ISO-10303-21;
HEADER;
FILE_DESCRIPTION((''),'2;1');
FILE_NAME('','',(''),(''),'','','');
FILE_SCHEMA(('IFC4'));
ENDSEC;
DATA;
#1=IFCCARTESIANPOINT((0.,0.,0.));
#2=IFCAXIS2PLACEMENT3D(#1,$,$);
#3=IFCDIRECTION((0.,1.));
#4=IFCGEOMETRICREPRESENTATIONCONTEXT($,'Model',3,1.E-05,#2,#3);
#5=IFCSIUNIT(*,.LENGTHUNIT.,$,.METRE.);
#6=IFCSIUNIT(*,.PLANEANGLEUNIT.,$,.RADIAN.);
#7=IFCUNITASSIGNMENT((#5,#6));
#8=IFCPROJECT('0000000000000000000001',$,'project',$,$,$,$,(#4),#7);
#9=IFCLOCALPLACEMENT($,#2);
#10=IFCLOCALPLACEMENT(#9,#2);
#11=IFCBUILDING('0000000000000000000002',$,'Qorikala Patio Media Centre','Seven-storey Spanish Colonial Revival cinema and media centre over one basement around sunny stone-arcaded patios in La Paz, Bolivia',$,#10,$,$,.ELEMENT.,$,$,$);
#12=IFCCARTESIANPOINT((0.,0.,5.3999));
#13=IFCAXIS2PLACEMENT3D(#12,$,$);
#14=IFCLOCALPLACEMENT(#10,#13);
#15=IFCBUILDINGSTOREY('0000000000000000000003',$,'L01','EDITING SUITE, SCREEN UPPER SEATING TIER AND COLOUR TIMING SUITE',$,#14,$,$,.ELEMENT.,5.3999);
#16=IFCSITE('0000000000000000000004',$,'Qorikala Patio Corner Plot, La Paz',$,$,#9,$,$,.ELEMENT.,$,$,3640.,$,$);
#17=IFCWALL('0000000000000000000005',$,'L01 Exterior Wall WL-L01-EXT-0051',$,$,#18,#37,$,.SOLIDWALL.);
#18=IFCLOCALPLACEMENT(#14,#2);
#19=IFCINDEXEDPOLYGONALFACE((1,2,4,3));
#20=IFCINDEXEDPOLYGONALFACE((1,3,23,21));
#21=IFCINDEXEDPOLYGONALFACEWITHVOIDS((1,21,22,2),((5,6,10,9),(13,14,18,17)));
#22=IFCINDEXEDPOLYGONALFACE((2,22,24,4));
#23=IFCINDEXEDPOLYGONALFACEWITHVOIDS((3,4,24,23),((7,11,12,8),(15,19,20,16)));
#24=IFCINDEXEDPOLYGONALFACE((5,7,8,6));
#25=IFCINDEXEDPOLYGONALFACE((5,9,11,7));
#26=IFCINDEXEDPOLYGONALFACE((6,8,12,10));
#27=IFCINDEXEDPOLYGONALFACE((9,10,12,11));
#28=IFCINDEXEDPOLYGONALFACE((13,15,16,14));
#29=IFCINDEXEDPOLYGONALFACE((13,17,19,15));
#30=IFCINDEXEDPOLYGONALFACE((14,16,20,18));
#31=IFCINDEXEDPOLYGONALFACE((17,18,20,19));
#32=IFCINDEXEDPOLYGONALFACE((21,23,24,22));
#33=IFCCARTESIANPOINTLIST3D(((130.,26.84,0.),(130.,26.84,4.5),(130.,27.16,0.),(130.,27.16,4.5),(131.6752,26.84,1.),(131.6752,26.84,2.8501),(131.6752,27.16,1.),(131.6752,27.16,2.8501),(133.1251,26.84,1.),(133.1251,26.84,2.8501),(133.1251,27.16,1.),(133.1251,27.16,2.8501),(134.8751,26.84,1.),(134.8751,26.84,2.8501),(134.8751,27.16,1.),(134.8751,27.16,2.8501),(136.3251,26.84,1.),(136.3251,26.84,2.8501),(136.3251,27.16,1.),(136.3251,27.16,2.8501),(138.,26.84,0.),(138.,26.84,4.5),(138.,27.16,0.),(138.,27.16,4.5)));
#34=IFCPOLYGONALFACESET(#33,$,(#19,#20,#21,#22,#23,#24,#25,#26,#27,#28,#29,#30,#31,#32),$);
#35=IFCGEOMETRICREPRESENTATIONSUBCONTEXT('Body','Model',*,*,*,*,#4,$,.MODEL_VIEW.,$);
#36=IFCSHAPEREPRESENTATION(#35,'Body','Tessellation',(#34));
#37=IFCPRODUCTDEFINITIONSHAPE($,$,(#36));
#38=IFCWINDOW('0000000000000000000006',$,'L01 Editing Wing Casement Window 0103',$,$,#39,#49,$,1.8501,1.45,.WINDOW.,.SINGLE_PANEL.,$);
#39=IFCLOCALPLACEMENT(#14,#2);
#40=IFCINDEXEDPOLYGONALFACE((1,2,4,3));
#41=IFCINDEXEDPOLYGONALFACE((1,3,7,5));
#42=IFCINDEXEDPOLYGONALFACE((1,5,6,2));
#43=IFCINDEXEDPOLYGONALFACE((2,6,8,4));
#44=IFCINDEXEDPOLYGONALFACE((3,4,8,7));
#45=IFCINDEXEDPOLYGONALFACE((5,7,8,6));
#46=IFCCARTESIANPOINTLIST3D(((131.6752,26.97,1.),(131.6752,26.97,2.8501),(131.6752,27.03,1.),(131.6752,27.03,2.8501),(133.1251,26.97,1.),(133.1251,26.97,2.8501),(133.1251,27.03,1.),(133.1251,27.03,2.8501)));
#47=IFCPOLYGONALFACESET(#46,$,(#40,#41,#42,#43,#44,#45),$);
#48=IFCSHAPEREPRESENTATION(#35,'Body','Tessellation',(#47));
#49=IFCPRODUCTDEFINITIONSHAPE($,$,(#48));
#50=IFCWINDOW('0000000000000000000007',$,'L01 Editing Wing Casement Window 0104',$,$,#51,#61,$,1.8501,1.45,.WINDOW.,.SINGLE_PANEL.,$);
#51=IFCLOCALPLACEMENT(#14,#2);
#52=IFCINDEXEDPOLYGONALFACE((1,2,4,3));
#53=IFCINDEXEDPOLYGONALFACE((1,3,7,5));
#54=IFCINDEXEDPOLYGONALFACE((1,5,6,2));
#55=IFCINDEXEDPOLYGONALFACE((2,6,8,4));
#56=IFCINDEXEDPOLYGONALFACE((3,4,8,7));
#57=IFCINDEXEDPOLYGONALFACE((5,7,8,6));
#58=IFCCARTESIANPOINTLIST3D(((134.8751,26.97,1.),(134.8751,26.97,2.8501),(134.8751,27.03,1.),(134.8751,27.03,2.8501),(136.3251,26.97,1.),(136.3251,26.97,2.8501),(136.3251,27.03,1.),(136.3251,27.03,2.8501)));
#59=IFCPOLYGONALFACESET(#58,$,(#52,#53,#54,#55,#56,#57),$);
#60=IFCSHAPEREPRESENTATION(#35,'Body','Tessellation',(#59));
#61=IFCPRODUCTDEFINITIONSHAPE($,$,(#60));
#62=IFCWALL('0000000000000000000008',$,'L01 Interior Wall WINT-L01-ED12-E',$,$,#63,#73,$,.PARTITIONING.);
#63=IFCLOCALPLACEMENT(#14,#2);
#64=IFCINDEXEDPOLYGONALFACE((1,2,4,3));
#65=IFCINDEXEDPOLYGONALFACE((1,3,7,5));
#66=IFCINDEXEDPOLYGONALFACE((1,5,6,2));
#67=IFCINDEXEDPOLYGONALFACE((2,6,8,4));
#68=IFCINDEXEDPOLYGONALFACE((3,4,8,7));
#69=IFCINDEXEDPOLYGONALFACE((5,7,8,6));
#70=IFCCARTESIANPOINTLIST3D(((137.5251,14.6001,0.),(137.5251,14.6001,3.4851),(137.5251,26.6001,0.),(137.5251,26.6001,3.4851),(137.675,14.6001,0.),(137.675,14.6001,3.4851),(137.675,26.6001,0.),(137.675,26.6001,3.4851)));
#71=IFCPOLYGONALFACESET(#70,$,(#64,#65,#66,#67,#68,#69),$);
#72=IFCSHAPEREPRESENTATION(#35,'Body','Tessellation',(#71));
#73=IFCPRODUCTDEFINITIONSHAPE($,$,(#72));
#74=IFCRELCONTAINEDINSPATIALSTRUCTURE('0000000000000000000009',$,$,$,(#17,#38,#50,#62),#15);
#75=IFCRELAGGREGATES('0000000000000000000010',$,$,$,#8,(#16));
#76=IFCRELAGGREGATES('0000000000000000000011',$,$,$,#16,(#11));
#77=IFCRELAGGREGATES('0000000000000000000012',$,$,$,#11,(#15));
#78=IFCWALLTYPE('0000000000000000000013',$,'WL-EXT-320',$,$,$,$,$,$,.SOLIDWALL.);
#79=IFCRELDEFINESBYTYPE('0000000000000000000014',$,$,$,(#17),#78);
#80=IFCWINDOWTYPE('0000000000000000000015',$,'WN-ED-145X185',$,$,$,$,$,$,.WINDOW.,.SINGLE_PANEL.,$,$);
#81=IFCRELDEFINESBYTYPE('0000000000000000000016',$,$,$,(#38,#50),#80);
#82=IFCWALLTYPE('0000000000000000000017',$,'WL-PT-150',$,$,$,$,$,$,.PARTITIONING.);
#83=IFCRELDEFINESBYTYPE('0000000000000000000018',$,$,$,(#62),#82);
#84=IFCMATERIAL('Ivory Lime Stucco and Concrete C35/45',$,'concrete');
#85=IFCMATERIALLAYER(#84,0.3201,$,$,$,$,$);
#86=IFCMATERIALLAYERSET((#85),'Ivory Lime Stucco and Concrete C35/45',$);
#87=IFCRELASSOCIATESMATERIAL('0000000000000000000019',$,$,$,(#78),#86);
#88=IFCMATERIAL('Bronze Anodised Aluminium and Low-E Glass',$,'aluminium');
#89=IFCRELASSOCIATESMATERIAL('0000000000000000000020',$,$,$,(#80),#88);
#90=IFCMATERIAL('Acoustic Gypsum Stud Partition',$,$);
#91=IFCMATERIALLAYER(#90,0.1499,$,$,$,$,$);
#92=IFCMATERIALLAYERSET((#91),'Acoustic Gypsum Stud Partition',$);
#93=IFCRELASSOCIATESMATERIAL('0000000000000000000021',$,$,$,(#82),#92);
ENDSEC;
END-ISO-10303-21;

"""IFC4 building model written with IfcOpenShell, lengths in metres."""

from ifc_helpers import new_model, si_unit, direction, frame, frame_2d, origin, place, context, subcontext, project, spatial, rectangle, extrude, material, layer, layer_set, type_object, element, fill, save


model = new_model("IFC4")

# Units and contexts
model_context = context("Model", 3, precision=1e-05, world=origin(), true_north=direction((0.0, 1.0)))
body_context = subcontext(model_context, "Body", "Model", "MODEL_VIEW")
ifc_project = project(units=[si_unit("LENGTHUNIT", "METRE"), si_unit("PLANEANGLEUNIT", "RADIAN")], contexts=[model_context])

# Site, building, storey
site_placement = place(None, origin())
site = spatial("IfcSite", under=ifc_project, at=site_placement, Name="Qorikala Patio Corner Plot, La Paz", CompositionType="ELEMENT", RefElevation=3640.0)
building_placement = place(site_placement, origin())
building = spatial("IfcBuilding", under=site, at=building_placement, Name="Qorikala Patio Media Centre", Description="Seven-storey Spanish Colonial Revival cinema and media centre over one basement around sunny stone-arcaded patios in La Paz, Bolivia", CompositionType="ELEMENT")
storey_placement = place(building_placement, frame((0.0, 0.0, 5.3999)))
storey = spatial("IfcBuildingStorey", under=building, at=storey_placement, Name="L01", Description="EDITING SUITE, SCREEN UPPER SEATING TIER AND COLOUR TIMING SUITE", CompositionType="ELEMENT", Elevation=5.3999)

# Wall, openings, windows
ifc_material_1 = material(Name="Ivory Lime Stucco and Concrete C35/45", Category="concrete")
ifc_layer_1 = layer(ifc_material_1, 0.3201)
ifc_layer_set_1 = layer_set([ifc_layer_1], Name="Ivory Lime Stucco and Concrete C35/45")
wall_type_1 = type_object("IfcWallType", Name="WL-EXT-320", PredefinedType="SOLIDWALL", material=ifc_layer_set_1)
wall_1_placement = place(storey_placement, frame((130.0, 27.0, 0.0), z_axis=(0.0, 0.0, 1.0), x_axis=(1.0, 0.0, 0.0)))
wall_1 = element("IfcWall", 1, at=wall_1_placement, inside=storey, type_object=wall_type_1, Name="L01 Exterior Wall WL-L01-EXT-0051", PredefinedType="SOLIDWALL", context=body_context, shape_type="SweptSolid", body=[
    extrude(rectangle(XDim=8.0, YDim=0.3201, at=frame_2d((4.0, 0.0))), origin(), (0.0, 0.0, 1.0), 4.5),
])
opening_1_placement = place(wall_1_placement, frame((1.675, 0.0, 1.0)))
opening_1 = element("IfcOpeningElement", 2, at=opening_1_placement, cuts=wall_1, PredefinedType="OPENING", context=body_context, shape_type="SweptSolid", body=[
    extrude(rectangle(XDim=1.45, YDim=1.8501, at=frame_2d((0.7251, 0.925))), frame((0.0, 0.1699, 0.0), z_axis=(0.0, -1.0, 0.0), x_axis=(1.0, 0.0, 0.0)), (0.0, 0.0, 1.0), 0.3401),
])
opening_2_placement = place(wall_1_placement, frame((4.875, 0.0, 1.0)))
opening_2 = element("IfcOpeningElement", 3, at=opening_2_placement, cuts=wall_1, PredefinedType="OPENING", context=body_context, shape_type="SweptSolid", body=[
    extrude(rectangle(XDim=1.45, YDim=1.8501, at=frame_2d((0.7251, 0.925))), frame((0.0, 0.1699, 0.0), z_axis=(0.0, -1.0, 0.0), x_axis=(1.0, 0.0, 0.0)), (0.0, 0.0, 1.0), 0.3401),
])
ifc_material_2 = material(Name="Bronze Anodised Aluminium and Low-E Glass", Category="aluminium")
window_type = type_object("IfcWindowType", Name="WN-ED-145X185", PartitioningType="SINGLE_PANEL", PredefinedType="WINDOW", material=ifc_material_2)
window_1_placement = place(opening_1_placement, origin())
window_1 = element("IfcWindow", 4, at=window_1_placement, inside=storey, type_object=window_type, Name="L01 Editing Wing Casement Window 0103", OverallHeight=1.8501, OverallWidth=1.45, PartitioningType="SINGLE_PANEL", PredefinedType="WINDOW", context=body_context, shape_type="SweptSolid", body=[
    extrude(rectangle(XDim=1.45, YDim=1.8501, at=frame_2d((0.7251, 0.925))), frame((0.0, 0.03, 0.0), z_axis=(0.0, -1.0, 0.0), x_axis=(1.0, 0.0, 0.0)), (0.0, 0.0, 1.0), 0.0601),
])
fill(opening_1, window_1)
window_2_placement = place(opening_2_placement, origin())
window_2 = element("IfcWindow", 5, at=window_2_placement, inside=storey, type_object=window_type, Name="L01 Editing Wing Casement Window 0104", OverallHeight=1.8501, OverallWidth=1.45, PartitioningType="SINGLE_PANEL", PredefinedType="WINDOW", context=body_context, shape_type="SweptSolid", body=[
    extrude(rectangle(XDim=1.45, YDim=1.8501, at=frame_2d((0.7251, 0.925))), frame((0.0, 0.03, 0.0), z_axis=(0.0, -1.0, 0.0), x_axis=(1.0, 0.0, 0.0)), (0.0, 0.0, 1.0), 0.0601),
])
fill(opening_2, window_2)

# Wall
ifc_material_3 = material(Name="Acoustic Gypsum Stud Partition")
ifc_layer_2 = layer(ifc_material_3, 0.1499)
ifc_layer_set_2 = layer_set([ifc_layer_2], Name="Acoustic Gypsum Stud Partition")
wall_type_2 = type_object("IfcWallType", Name="WL-PT-150", PredefinedType="PARTITIONING", material=ifc_layer_set_2)
wall_2_placement = place(storey_placement, frame((137.6001, 14.6001, 0.0), z_axis=(0.0, 0.0, 1.0), x_axis=(0.0, 1.0, 0.0)))
element("IfcWall", 6, at=wall_2_placement, inside=storey, type_object=wall_type_2, Name="L01 Interior Wall WINT-L01-ED12-E", PredefinedType="PARTITIONING", context=body_context, shape_type="SweptSolid", body=[
    extrude(rectangle(XDim=12.0, YDim=0.1499, at=frame_2d((6.0, 0.0))), origin(), (0.0, 0.0, 1.0), 3.4851),
])

save(model, "model.ifc")
